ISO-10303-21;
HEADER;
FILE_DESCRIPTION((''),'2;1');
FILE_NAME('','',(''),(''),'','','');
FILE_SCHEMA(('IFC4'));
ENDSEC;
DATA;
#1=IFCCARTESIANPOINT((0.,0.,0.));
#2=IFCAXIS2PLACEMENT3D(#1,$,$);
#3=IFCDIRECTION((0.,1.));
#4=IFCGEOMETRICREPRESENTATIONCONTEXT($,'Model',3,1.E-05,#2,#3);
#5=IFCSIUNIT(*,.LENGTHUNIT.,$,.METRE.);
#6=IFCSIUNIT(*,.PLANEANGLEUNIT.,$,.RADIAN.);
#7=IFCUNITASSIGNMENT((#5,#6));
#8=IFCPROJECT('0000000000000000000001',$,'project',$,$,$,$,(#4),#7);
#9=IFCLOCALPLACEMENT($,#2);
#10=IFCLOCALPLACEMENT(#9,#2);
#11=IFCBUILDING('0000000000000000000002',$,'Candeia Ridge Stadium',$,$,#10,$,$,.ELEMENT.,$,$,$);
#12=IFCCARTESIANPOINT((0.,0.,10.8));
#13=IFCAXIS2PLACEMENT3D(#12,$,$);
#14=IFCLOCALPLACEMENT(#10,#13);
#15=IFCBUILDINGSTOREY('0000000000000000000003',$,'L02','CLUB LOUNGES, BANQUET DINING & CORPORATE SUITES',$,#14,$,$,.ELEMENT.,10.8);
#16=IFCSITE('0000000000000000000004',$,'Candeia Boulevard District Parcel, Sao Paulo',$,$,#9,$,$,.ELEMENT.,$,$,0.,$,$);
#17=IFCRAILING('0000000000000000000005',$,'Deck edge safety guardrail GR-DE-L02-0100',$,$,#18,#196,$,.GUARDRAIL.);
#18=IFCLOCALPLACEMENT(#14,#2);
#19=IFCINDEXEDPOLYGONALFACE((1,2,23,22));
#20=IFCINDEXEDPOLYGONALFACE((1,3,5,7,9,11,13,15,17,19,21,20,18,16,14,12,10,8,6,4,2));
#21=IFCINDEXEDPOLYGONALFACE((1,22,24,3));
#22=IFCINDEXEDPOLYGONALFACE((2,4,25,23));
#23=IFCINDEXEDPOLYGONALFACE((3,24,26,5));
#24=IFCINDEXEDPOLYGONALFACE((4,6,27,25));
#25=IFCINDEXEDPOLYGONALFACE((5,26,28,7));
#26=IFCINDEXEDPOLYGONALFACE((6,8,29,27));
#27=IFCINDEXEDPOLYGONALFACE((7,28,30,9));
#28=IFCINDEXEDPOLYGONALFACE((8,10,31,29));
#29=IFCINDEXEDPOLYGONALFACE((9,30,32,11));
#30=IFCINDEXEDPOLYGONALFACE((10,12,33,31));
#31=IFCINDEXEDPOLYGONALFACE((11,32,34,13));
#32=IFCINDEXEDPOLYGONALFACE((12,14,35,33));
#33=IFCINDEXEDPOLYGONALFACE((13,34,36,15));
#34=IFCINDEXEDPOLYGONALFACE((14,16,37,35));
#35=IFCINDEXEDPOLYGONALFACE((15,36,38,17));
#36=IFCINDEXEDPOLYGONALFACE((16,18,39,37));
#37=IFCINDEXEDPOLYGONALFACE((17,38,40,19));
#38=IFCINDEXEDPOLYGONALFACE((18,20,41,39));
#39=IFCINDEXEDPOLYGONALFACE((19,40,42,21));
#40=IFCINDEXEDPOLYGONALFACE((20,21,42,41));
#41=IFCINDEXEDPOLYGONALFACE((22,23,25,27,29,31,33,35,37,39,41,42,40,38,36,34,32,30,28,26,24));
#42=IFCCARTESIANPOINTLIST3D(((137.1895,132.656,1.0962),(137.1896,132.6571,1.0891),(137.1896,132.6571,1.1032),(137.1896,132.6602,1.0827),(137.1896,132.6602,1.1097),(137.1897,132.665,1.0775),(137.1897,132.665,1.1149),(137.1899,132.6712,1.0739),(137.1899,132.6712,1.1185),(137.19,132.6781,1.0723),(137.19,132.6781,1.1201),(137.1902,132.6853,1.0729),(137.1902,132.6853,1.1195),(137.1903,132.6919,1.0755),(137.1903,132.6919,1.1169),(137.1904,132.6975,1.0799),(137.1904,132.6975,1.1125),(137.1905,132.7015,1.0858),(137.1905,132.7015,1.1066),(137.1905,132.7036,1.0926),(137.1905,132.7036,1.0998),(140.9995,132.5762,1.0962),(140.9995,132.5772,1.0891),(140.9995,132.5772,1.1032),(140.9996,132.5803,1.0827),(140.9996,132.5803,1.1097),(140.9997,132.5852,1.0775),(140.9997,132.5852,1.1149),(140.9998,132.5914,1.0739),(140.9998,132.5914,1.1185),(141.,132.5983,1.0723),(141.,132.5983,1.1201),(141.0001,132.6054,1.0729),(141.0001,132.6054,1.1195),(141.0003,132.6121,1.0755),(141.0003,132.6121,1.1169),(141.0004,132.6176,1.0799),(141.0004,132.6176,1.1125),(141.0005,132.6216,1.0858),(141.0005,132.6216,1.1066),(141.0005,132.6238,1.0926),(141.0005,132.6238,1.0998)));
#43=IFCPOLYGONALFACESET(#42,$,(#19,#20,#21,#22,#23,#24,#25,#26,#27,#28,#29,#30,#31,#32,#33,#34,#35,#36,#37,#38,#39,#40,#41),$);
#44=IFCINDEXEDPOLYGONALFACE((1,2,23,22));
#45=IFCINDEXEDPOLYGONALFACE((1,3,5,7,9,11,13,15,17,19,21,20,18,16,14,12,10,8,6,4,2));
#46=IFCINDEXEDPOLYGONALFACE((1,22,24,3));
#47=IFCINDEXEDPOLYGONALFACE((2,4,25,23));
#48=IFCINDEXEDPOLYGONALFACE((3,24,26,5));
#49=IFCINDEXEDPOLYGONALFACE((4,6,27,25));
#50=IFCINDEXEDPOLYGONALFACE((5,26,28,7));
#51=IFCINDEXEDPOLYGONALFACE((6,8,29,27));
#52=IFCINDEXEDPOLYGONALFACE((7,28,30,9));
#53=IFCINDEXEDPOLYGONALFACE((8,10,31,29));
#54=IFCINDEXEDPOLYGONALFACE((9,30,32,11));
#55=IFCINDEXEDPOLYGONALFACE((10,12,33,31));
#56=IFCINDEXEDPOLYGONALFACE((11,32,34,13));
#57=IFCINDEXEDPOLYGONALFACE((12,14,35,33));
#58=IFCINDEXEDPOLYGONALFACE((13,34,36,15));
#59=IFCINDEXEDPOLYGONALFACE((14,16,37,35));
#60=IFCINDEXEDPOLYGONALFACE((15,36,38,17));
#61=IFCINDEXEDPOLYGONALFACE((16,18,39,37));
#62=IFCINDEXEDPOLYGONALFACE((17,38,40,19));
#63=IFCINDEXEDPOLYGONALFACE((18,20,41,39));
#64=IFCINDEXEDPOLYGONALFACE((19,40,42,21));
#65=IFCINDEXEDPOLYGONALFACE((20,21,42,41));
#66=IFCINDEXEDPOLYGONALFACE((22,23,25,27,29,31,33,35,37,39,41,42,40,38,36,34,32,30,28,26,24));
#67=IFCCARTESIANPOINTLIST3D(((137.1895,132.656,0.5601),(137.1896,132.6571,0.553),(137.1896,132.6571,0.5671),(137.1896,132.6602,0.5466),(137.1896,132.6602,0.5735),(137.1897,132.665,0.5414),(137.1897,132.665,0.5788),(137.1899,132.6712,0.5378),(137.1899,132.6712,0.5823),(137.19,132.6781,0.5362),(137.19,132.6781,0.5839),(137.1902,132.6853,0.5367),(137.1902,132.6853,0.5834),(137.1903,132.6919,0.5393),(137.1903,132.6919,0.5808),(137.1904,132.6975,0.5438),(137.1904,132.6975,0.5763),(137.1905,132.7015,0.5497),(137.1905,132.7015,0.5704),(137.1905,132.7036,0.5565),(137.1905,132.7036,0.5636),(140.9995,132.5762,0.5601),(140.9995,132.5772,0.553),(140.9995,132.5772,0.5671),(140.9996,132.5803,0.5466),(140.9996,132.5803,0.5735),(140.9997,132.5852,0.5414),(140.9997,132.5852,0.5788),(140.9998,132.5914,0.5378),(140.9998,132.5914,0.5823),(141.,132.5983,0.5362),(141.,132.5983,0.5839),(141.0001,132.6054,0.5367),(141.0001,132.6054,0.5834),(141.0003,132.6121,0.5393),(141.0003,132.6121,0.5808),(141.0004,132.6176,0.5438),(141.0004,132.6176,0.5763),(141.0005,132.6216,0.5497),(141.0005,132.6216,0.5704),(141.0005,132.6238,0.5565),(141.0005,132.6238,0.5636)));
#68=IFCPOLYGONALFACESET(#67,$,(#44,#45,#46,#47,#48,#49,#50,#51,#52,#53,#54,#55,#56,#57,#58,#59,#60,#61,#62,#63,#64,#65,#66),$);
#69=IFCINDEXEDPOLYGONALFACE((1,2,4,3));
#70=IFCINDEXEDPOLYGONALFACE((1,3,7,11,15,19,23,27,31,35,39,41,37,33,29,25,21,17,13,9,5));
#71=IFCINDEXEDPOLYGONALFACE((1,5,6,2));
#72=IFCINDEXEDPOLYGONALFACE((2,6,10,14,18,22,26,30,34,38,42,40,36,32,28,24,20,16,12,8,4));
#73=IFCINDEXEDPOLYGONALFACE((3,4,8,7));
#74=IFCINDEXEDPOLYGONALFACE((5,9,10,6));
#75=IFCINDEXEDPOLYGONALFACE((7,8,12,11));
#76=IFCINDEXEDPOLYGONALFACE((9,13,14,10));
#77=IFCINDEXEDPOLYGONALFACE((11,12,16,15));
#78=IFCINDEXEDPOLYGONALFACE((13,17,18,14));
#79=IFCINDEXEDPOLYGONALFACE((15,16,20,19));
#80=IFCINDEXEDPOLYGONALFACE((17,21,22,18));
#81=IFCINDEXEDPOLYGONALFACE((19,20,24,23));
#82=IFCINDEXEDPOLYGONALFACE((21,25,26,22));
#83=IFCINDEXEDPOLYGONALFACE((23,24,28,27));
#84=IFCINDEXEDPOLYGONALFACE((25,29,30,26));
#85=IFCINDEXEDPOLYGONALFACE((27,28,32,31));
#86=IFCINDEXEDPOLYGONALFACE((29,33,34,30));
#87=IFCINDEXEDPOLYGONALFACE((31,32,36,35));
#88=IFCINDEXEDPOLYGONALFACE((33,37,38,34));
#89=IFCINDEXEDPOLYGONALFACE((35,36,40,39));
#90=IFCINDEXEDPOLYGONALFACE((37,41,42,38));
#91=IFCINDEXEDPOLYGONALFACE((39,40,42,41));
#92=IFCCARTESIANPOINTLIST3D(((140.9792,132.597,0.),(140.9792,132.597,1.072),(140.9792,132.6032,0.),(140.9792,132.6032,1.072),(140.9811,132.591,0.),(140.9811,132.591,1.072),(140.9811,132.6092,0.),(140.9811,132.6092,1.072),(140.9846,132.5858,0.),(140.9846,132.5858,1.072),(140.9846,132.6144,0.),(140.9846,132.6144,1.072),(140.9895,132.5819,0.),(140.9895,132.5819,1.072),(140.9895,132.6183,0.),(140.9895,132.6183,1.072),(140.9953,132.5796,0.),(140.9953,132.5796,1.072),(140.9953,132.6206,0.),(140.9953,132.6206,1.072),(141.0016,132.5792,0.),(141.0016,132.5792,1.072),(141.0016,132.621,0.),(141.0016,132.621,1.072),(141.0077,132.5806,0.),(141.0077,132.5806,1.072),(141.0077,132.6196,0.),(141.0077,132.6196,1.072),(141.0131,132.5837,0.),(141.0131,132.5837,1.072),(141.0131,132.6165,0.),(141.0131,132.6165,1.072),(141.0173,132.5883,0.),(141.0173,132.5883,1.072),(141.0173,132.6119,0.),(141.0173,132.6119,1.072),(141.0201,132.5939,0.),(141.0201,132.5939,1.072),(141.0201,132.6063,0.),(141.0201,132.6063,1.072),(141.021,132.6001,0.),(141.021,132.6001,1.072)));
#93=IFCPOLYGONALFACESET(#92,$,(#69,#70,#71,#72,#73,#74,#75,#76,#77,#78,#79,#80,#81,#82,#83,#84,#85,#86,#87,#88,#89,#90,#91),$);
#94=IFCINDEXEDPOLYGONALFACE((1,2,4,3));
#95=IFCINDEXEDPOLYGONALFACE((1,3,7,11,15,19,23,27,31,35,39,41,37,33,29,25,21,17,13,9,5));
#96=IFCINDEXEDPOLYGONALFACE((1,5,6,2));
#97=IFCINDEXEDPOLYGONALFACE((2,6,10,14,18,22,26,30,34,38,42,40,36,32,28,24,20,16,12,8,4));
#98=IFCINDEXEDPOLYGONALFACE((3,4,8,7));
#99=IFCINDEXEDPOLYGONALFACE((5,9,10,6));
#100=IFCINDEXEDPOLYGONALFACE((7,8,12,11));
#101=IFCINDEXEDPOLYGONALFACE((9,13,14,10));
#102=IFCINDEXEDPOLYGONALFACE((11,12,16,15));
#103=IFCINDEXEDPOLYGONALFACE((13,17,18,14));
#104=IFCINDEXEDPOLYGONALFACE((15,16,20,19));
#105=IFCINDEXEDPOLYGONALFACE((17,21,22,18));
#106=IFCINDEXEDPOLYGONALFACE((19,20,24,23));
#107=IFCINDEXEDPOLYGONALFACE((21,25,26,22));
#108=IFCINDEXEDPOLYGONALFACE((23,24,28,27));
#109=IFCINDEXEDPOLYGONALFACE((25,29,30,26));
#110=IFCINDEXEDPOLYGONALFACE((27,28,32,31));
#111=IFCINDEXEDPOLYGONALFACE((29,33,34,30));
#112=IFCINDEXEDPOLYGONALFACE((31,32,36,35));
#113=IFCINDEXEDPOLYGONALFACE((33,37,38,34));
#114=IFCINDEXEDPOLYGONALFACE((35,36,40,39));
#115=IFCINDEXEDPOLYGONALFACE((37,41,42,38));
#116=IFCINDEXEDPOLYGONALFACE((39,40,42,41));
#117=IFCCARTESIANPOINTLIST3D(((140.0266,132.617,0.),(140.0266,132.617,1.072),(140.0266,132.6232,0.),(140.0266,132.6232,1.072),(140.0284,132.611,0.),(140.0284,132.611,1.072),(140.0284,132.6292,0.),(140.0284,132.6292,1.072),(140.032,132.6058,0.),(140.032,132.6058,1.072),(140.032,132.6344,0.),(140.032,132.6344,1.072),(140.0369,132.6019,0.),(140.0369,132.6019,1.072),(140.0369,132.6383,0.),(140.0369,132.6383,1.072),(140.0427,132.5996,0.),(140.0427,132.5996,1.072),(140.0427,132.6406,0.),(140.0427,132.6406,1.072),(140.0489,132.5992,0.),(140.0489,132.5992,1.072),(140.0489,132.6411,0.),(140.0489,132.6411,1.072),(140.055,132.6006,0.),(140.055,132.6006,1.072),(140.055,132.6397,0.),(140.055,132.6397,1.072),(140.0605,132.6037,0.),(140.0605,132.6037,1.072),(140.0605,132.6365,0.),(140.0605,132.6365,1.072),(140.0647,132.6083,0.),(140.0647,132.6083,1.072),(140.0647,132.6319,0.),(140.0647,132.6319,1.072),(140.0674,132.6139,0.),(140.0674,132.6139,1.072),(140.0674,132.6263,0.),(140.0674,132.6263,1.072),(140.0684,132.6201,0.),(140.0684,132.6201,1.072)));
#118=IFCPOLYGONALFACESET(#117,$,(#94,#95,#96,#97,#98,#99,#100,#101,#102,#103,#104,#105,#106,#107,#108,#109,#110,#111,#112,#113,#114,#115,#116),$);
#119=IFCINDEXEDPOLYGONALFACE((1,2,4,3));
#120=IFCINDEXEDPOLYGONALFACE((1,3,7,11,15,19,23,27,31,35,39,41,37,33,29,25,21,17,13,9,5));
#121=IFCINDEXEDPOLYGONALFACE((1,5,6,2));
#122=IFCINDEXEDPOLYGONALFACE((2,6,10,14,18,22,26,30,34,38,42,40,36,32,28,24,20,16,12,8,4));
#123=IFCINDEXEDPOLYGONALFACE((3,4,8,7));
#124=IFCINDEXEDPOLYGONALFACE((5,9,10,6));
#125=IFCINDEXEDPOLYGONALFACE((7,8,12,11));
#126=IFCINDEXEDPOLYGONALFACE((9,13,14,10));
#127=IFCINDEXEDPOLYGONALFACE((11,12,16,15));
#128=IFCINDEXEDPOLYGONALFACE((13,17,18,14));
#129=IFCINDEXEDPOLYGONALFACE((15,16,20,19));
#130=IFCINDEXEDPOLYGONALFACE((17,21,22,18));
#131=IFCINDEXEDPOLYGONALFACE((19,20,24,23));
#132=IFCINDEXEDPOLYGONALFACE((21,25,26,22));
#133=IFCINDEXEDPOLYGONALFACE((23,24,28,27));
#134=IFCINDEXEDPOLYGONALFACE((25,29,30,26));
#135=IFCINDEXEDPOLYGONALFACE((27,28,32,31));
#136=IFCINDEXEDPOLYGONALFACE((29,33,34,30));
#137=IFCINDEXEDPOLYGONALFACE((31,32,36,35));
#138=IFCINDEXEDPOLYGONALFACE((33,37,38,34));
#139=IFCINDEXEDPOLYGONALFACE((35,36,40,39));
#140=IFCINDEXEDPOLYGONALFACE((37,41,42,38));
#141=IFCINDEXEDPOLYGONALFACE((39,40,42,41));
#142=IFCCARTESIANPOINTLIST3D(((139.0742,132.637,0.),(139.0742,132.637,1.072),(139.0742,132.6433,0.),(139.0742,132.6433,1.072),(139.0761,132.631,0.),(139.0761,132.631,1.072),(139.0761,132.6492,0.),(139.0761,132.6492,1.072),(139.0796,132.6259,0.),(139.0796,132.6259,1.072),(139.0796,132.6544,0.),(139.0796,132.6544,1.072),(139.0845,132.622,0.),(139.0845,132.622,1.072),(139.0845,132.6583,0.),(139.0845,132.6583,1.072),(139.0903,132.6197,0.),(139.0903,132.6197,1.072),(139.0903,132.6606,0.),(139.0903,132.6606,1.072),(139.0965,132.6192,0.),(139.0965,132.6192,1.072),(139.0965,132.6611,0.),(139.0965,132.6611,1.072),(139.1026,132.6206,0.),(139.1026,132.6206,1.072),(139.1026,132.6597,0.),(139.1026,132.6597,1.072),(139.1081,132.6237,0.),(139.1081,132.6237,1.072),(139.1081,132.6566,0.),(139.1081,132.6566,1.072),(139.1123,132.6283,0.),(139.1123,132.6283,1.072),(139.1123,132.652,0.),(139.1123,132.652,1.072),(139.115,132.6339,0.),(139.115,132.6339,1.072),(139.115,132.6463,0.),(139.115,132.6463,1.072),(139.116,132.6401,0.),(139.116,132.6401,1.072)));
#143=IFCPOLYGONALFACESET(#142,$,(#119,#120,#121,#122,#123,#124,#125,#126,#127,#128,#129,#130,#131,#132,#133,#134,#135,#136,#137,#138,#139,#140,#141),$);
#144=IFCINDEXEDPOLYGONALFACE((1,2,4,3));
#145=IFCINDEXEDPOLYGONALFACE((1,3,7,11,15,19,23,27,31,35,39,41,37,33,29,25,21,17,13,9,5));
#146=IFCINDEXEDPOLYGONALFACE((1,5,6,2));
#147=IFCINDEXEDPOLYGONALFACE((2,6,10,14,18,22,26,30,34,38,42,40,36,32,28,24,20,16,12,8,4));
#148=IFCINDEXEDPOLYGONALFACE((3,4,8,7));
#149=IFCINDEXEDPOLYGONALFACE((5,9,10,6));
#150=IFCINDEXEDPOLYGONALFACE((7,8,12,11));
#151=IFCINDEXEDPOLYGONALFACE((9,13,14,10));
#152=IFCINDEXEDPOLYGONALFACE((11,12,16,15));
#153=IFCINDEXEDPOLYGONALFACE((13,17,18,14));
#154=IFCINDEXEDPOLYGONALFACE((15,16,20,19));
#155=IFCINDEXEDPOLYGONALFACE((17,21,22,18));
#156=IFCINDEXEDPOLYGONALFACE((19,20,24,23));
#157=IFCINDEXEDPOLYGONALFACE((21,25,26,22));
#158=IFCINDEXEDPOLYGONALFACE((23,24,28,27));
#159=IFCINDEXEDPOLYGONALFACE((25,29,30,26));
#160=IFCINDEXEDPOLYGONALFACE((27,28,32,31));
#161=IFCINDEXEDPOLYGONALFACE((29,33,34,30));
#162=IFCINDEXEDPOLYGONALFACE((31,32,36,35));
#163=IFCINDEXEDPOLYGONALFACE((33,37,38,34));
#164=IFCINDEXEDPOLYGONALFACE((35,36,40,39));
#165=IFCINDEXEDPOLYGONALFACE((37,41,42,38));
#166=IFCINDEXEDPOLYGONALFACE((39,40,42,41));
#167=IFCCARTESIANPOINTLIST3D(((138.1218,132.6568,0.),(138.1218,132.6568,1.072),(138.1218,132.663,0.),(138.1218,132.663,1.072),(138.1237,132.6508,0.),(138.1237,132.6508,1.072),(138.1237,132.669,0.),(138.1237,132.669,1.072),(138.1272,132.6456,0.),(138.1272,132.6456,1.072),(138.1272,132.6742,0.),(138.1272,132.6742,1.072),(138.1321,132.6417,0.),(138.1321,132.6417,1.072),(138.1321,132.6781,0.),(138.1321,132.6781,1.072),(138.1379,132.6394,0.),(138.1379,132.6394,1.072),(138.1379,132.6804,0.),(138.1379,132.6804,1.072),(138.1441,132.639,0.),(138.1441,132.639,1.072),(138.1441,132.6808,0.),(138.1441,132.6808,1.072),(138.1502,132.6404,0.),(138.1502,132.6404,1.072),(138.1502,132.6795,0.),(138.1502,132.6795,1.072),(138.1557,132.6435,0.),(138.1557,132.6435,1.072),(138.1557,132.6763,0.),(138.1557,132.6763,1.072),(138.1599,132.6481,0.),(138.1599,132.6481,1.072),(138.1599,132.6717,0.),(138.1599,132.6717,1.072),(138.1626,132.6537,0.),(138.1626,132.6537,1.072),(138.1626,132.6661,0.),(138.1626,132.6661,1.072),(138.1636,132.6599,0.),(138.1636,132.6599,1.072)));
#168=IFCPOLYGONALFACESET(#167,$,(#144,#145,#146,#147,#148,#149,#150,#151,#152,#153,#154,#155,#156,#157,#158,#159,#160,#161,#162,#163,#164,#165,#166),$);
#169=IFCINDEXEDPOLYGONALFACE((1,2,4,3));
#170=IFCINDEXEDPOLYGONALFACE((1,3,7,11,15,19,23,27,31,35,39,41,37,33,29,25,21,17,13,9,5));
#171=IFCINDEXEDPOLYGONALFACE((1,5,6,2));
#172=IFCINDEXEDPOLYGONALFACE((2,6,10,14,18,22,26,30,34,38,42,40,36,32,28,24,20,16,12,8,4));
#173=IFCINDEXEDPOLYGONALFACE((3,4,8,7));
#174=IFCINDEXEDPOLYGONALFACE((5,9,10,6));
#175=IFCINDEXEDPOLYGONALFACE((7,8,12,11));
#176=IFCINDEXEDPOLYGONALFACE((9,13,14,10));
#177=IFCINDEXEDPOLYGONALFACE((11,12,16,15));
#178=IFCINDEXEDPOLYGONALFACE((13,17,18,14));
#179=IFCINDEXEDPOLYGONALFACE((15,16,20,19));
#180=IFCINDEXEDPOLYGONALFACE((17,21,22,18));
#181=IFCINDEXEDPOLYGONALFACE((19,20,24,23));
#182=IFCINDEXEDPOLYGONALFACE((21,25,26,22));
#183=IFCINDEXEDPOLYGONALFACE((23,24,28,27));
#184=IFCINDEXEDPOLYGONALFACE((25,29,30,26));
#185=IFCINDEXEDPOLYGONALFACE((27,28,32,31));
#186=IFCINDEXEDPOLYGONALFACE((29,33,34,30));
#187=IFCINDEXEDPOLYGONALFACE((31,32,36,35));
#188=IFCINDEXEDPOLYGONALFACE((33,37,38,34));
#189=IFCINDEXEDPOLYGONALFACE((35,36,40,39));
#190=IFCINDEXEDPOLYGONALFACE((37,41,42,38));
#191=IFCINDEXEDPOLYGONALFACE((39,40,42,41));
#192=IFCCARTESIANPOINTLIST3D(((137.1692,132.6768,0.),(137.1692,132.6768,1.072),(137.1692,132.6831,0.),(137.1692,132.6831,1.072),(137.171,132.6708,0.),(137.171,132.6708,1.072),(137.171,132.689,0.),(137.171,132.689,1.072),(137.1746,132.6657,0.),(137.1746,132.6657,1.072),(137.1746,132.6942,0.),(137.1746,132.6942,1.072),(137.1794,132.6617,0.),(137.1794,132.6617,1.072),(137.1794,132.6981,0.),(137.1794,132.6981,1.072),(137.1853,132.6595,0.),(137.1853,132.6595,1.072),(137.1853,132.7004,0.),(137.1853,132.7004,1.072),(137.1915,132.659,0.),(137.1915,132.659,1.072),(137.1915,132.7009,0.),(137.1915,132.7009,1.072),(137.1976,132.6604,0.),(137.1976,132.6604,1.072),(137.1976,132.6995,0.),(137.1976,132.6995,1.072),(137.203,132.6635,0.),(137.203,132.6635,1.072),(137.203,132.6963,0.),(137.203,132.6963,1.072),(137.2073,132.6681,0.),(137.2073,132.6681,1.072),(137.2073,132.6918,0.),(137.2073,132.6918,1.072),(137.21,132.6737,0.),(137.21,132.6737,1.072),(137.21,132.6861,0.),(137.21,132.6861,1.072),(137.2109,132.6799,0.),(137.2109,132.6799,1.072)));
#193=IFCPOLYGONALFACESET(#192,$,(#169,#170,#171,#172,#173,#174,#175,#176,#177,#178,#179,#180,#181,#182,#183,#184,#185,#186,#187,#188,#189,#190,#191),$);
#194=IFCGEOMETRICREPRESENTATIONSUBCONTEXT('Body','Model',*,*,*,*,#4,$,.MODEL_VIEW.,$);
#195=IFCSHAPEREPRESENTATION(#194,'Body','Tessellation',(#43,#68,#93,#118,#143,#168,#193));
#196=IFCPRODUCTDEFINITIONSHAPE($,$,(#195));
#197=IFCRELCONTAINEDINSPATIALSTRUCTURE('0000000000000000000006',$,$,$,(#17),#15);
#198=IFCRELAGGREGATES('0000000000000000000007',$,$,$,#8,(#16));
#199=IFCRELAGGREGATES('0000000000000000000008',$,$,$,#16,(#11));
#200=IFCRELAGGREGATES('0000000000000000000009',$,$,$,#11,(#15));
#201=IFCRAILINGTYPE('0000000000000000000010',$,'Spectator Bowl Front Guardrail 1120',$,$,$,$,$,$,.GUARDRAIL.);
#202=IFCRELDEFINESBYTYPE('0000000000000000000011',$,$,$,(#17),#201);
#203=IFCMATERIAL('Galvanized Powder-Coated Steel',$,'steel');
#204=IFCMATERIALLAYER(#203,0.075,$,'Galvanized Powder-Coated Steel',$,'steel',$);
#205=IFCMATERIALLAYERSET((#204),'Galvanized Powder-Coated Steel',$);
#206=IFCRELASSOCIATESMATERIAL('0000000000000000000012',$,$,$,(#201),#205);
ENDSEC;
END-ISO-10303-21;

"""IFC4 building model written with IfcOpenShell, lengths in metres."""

from ifc_helpers import new_model, si_unit, direction, frame, origin, origin_2d, place, context, subcontext, project, spatial, circle, extrude, material, layer, layer_set, type_object, element, save


model = new_model("IFC4")

# Units and contexts
model_context = context("Model", 3, precision=1e-05, world=origin(), true_north=direction((0.0, 1.0)))
body_context = subcontext(model_context, "Body", "Model", "MODEL_VIEW")
ifc_project = project(units=[si_unit("LENGTHUNIT", "METRE"), si_unit("PLANEANGLEUNIT", "RADIAN")], contexts=[model_context])

# Site, building, storey
site_placement = place(None, origin())
site = spatial("IfcSite", under=ifc_project, at=site_placement, Name="Candeia Boulevard District Parcel, Sao Paulo", CompositionType="ELEMENT", RefElevation=0.0)
building_placement = place(site_placement, origin())
building = spatial("IfcBuilding", under=site, at=building_placement, Name="Candeia Ridge Stadium", CompositionType="ELEMENT")
storey_placement = place(building_placement, frame((0.0, 0.0, 10.8)))
storey = spatial("IfcBuildingStorey", under=building, at=storey_placement, Name="L02", Description="CLUB LOUNGES, BANQUET DINING & CORPORATE SUITES", CompositionType="ELEMENT", Elevation=10.8)

# Railing
ifc_material_1 = material(Name="Galvanized Powder-Coated Steel", Category="steel")
ifc_layer_1 = layer(ifc_material_1, 0.075, Name="Galvanized Powder-Coated Steel", Category="steel")
ifc_layer_set_1 = layer_set([ifc_layer_1], Name="Galvanized Powder-Coated Steel")
railing_type_1 = type_object("IfcRailingType", Name="Spectator Bowl Front Guardrail 1120", PredefinedType="GUARDRAIL", material=ifc_layer_set_1)
railing_1_placement = place(storey_placement, frame((141.0, 132.6001, 0.0)))
element("IfcRailing", 1, at=railing_1_placement, inside=storey, type_object=railing_type_1, Name="Deck edge safety guardrail GR-DE-L02-0100", PredefinedType="GUARDRAIL", context=body_context, shape_type="SweptSolid", body=[
    extrude(circle(Radius=0.0239, at=origin_2d()), frame((0.0, 0.0, 1.0962), z_axis=(-0.999781, 0.020949, 0.0), x_axis=(-0.020949, -0.999781, 0.0)), (0.0, 0.0, 1.0), 3.8108),
    extrude(circle(Radius=0.0239, at=origin_2d()), frame((0.0, 0.0, 0.5601), z_axis=(-0.999781, 0.020949, 0.0), x_axis=(-0.020949, -0.999781, 0.0)), (0.0, 0.0, 1.0), 3.8108),
    extrude(circle(Radius=0.021, at=origin_2d()), origin(), (0.0, 0.0, 1.0), 1.072),
    extrude(circle(Radius=0.021, at=origin_2d()), frame((-0.9526, 0.02, 0.0)), (0.0, 0.0, 1.0), 1.072),
    extrude(circle(Radius=0.021, at=origin_2d()), frame((-1.905, 0.04, 0.0)), (0.0, 0.0, 1.0), 1.072),
    extrude(circle(Radius=0.021, at=origin_2d()), frame((-2.8574, 0.0598, 0.0)), (0.0, 0.0, 1.0), 1.072),
    extrude(circle(Radius=0.021, at=origin_2d()), frame((-3.8101, 0.0798, 0.0)), (0.0, 0.0, 1.0), 1.072),
])

save(model, "model.ifc")
